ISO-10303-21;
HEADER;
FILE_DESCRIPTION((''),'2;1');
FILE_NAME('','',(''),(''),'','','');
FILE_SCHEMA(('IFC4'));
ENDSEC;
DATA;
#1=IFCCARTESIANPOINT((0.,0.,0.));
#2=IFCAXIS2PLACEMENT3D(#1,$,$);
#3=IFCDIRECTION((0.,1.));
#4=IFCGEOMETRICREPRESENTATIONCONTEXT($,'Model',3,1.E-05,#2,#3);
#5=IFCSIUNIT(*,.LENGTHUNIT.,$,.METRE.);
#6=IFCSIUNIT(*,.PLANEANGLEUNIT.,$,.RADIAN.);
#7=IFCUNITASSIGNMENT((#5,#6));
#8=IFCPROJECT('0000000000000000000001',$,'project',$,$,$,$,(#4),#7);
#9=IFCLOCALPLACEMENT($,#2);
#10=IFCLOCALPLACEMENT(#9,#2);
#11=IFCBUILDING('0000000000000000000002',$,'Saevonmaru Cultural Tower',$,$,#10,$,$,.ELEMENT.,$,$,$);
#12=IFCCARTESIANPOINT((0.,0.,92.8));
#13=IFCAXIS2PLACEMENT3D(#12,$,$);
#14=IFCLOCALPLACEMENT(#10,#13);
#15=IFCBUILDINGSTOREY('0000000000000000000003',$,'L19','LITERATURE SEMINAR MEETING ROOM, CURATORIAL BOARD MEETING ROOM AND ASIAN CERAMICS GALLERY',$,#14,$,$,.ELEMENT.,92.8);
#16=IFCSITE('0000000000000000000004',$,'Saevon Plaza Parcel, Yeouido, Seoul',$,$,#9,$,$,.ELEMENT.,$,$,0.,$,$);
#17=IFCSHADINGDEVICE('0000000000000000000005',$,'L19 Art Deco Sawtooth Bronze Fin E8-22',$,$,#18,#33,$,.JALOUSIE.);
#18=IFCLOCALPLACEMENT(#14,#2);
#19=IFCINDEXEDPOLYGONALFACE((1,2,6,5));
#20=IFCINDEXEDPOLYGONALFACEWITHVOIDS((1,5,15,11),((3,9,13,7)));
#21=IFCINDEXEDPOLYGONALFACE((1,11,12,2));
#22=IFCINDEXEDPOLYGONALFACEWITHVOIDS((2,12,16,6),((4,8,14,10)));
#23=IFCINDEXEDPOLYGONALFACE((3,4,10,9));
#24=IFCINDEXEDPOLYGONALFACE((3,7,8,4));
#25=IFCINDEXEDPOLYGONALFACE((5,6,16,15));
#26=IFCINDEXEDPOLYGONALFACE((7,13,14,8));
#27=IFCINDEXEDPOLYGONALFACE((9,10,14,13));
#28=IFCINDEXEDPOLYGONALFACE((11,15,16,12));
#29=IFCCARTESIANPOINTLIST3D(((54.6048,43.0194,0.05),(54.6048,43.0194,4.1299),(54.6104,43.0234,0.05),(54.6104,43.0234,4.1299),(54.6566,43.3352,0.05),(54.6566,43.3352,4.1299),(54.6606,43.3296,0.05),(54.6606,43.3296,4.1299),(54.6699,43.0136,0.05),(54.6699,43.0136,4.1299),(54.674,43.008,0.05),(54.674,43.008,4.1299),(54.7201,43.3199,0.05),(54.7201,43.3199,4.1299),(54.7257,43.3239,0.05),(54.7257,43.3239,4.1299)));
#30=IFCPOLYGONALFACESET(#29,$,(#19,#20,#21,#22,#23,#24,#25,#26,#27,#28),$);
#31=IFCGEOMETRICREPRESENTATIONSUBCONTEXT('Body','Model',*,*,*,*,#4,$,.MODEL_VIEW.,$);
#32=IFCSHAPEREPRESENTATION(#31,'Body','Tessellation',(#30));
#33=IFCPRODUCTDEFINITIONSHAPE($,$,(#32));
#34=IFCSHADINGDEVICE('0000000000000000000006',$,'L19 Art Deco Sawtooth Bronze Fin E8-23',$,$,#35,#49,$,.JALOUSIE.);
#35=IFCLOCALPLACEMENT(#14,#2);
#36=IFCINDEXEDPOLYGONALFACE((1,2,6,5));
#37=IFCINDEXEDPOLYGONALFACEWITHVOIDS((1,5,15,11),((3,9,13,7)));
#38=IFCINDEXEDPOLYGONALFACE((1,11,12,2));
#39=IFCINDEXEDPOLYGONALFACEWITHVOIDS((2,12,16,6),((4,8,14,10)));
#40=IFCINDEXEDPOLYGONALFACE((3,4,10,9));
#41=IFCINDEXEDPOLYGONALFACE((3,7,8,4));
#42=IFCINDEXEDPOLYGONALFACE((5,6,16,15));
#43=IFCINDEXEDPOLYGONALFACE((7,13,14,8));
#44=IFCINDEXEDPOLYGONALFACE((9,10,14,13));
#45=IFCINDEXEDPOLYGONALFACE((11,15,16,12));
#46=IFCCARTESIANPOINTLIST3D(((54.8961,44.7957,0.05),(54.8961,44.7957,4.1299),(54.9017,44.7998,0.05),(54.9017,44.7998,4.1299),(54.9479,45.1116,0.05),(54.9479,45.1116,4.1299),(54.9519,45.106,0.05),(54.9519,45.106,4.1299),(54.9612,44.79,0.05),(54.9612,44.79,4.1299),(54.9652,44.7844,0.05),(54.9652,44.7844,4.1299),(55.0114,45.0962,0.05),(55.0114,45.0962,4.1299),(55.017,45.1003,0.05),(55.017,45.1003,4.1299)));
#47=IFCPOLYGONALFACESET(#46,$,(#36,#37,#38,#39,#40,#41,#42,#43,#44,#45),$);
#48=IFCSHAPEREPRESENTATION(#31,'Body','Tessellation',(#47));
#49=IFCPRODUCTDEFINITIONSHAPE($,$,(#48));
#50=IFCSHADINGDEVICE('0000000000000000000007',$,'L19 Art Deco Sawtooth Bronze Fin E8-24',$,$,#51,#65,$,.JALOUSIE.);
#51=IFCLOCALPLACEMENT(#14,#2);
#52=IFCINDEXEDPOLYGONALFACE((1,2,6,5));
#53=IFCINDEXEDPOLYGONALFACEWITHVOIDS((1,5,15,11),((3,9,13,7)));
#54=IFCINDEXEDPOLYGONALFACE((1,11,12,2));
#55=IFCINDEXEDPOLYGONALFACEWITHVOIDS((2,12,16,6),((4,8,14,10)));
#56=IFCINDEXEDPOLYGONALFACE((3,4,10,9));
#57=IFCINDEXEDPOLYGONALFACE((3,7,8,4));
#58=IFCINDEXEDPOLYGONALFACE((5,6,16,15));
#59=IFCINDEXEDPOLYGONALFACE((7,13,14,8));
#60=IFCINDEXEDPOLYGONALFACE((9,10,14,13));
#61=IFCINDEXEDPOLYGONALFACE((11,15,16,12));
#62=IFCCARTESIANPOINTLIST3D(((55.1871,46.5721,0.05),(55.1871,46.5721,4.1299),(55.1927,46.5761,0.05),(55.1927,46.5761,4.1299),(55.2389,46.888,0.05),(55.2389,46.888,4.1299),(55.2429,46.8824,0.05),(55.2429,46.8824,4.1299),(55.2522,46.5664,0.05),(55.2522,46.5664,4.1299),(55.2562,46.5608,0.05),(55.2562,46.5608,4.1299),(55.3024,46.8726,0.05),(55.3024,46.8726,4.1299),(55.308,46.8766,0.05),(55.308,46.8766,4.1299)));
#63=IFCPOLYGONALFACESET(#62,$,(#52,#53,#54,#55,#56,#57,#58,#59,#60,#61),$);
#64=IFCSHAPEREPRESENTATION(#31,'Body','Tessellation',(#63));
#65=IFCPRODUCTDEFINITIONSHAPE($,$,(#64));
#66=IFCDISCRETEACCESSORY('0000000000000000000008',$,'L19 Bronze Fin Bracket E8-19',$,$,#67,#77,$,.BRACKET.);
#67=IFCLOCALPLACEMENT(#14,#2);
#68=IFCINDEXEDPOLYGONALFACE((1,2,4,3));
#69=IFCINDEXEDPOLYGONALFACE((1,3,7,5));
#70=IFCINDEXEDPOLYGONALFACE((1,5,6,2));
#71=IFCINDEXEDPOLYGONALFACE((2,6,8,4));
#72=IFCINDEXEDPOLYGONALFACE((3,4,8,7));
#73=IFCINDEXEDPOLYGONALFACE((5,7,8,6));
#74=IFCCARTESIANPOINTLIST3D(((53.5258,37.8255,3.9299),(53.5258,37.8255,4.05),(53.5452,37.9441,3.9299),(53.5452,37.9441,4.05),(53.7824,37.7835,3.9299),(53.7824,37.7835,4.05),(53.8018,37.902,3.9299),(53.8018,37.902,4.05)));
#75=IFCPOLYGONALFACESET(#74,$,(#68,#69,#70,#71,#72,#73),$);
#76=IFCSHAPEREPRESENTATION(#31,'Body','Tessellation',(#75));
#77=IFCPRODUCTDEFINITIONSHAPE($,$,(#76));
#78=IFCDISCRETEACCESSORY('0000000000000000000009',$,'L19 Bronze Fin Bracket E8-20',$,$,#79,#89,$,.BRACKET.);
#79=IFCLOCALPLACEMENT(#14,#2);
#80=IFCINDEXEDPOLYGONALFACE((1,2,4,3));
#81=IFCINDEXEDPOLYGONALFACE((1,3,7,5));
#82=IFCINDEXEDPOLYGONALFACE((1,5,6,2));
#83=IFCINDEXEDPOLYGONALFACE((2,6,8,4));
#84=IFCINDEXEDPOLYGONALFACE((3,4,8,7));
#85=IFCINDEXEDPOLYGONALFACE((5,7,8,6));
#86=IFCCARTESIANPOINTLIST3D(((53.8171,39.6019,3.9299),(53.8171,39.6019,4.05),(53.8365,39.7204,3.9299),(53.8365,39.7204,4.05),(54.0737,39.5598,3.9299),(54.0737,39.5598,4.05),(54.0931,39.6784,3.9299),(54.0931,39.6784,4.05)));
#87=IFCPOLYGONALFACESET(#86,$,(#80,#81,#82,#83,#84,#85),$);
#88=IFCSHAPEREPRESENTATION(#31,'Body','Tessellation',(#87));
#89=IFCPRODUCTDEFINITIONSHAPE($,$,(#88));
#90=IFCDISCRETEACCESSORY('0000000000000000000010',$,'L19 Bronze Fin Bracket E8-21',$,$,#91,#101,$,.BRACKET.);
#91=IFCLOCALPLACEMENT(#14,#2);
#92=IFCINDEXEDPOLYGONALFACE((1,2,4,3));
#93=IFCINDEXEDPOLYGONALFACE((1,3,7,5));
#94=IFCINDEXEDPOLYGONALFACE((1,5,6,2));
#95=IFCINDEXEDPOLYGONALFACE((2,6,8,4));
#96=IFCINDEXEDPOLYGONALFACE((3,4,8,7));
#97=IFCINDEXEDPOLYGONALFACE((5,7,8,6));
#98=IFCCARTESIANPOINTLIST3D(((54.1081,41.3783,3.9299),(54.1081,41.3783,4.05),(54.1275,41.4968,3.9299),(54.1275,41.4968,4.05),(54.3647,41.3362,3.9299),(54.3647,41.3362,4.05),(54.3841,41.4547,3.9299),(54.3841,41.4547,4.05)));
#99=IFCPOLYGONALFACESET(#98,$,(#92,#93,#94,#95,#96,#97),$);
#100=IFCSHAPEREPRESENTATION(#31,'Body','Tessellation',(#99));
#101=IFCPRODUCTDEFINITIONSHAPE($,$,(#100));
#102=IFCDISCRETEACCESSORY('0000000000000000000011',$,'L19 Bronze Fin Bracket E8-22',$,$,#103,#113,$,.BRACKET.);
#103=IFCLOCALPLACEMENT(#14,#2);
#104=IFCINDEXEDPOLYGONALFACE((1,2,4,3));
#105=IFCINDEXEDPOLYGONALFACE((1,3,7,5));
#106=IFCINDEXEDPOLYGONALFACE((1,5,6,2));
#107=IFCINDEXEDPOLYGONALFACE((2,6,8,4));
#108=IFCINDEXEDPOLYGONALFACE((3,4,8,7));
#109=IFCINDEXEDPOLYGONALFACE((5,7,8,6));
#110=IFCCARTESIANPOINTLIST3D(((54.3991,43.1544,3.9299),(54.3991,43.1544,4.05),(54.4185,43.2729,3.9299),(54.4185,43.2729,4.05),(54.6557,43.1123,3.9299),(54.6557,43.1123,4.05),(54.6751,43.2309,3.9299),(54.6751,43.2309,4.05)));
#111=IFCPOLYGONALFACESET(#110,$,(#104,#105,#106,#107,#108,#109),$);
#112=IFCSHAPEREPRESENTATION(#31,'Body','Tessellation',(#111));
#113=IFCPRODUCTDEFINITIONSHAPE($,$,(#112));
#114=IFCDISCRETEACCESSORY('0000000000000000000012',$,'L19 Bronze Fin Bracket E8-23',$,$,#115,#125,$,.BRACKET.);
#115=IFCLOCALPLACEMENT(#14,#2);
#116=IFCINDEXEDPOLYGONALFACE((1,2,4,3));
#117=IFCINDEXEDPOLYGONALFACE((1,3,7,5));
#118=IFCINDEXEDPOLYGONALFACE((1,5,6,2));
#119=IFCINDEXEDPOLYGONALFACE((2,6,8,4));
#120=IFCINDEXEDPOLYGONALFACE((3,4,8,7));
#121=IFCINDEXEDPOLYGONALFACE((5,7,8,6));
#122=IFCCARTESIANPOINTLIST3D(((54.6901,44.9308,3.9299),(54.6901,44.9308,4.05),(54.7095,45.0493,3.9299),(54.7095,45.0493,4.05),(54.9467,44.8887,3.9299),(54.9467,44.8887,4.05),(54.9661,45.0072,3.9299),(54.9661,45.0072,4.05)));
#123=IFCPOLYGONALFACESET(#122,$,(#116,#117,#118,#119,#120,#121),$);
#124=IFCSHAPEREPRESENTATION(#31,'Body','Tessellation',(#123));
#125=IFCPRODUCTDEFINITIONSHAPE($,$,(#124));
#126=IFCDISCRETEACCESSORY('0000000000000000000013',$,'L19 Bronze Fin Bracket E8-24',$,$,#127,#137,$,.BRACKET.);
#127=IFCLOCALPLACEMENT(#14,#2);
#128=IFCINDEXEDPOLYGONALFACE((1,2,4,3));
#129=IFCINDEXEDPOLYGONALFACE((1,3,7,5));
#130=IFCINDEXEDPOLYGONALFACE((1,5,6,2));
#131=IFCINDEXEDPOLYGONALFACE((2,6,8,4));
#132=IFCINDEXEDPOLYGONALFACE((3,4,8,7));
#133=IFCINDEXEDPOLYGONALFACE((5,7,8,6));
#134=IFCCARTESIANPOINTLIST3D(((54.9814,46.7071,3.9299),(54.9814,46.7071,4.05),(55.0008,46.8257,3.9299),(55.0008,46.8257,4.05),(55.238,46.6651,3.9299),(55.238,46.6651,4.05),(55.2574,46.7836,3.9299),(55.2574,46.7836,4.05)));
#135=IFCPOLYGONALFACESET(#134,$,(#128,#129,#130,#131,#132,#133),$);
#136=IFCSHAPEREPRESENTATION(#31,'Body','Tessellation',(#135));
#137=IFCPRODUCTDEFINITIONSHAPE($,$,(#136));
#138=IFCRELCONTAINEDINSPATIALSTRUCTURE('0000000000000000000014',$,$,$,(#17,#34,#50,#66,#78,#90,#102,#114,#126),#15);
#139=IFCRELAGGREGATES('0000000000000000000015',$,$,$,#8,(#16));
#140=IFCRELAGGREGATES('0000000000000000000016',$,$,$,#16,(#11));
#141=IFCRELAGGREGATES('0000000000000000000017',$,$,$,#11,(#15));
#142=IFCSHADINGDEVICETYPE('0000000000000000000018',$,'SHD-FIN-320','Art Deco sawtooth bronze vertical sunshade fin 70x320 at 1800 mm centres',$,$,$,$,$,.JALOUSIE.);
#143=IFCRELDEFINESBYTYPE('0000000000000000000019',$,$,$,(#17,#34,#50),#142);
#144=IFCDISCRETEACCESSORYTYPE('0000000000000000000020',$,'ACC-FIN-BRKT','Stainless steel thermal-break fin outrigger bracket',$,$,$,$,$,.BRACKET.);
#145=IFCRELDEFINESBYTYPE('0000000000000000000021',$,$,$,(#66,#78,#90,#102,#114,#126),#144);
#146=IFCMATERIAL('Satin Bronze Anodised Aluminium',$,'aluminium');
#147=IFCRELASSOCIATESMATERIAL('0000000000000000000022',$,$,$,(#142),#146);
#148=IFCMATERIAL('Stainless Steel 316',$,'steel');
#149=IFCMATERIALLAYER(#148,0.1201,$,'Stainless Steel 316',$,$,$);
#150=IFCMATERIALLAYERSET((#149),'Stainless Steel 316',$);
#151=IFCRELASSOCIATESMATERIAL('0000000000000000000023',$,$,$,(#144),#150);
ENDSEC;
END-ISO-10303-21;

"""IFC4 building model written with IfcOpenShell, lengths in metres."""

from ifc_helpers import new_model, si_unit, direction, frame, origin, origin_2d, place, context, subcontext, project, spatial, rectangle, hollow_rectangle, extrude, material, layer, layer_set, material_profile, profile_set, type_object, element, save


model = new_model("IFC4")

# Units and contexts
model_context = context("Model", 3, precision=1e-05, world=origin(), true_north=direction((0.0, 1.0)))
body_context = subcontext(model_context, "Body", "Model", "MODEL_VIEW")
ifc_project = project(units=[si_unit("LENGTHUNIT", "METRE"), si_unit("PLANEANGLEUNIT", "RADIAN")], contexts=[model_context])

# Site, building, storey
site_placement = place(None, origin())
site = spatial("IfcSite", under=ifc_project, at=site_placement, Name="Saevon Plaza Parcel, Yeouido, Seoul", CompositionType="ELEMENT", RefElevation=0.0)
building_placement = place(site_placement, origin())
building = spatial("IfcBuilding", under=site, at=building_placement, Name="Saevonmaru Cultural Tower", CompositionType="ELEMENT")
storey_placement = place(building_placement, frame((0.0, 0.0, 92.8)))
storey = spatial("IfcBuildingStorey", under=building, at=storey_placement, Name="L19", Description="LITERATURE SEMINAR MEETING ROOM, CURATORIAL BOARD MEETING ROOM AND ASIAN CERAMICS GALLERY", CompositionType="ELEMENT", Elevation=92.8)

# Shared definitions
ifc_material_1 = material(Name="Satin Bronze Anodised Aluminium", Category="aluminium")

# Shading devices
ifc_material_profile_1 = material_profile(ifc_material_1, hollow_rectangle(XDim=0.0701, YDim=0.3201, WallThickness=0.0049, at=origin_2d()), Name="FIN-320x70")
ifc_profile_set_1 = profile_set([ifc_material_profile_1], Name="Satin Bronze Anodised Aluminium")
shading_device_type = type_object("IfcShadingDeviceType", Name="SHD-FIN-320", Description="Art Deco sawtooth bronze vertical sunshade fin 70x320 at 1800 mm centres", PredefinedType="JALOUSIE", material=ifc_profile_set_1)
for number, where, z_axis, x_axis, name in (
    (1, (54.6653, 43.1716, 0.05), (0.0, 0.0, 1.0), (0.986827, -0.161776, 0.0), "L19 Art Deco Sawtooth Bronze Fin E8-22"),
    (2, (54.9565, 44.948, 0.05), (0.0, 0.0, 1.0), (0.986827, -0.161776, 0.0), "L19 Art Deco Sawtooth Bronze Fin E8-23"),
    (3, (55.2476, 46.7244, 0.05), (0.0, 0.0, 1.0), (0.986827, -0.161776, 0.0), "L19 Art Deco Sawtooth Bronze Fin E8-24"),
):
    element("IfcShadingDevice", number, at=place(storey_placement, frame(where, z_axis=z_axis, x_axis=x_axis)), inside=storey, type_object=shading_device_type, Name=name, PredefinedType="JALOUSIE", context=body_context, shape_type="SweptSolid", body=[
        extrude(hollow_rectangle(XDim=0.0701, YDim=0.3201, WallThickness=0.0049, at=origin_2d()), origin(), (0.0, 0.0, 1.0), 4.0798),
    ])

# Discrete accessories
ifc_material_2 = material(Name="Stainless Steel 316", Category="steel")
ifc_layer_1 = layer(ifc_material_2, 0.1201, Name="Stainless Steel 316")
ifc_layer_set_1 = layer_set([ifc_layer_1], Name="Stainless Steel 316")
discrete_accessory_type = type_object("IfcDiscreteAccessoryType", Name="ACC-FIN-BRKT", Description="Stainless steel thermal-break fin outrigger bracket", PredefinedType="BRACKET", material=ifc_layer_set_1)
for number, where, z_axis, x_axis, name in (
    (4, (53.6638, 37.8638, 3.9299), (0.0, 0.0, 1.0), (0.986827, -0.161776, 0.0), "L19 Bronze Fin Bracket E8-19"),
    (5, (53.9551, 39.6401, 3.9299), (0.0, 0.0, 1.0), (0.986827, -0.161776, 0.0), "L19 Bronze Fin Bracket E8-20"),
    (6, (54.2461, 41.4165, 3.9299), (0.0, 0.0, 1.0), (0.986827, -0.161776, 0.0), "L19 Bronze Fin Bracket E8-21"),
    (7, (54.5371, 43.1926, 3.9299), (0.0, 0.0, 1.0), (0.986827, -0.161776, 0.0), "L19 Bronze Fin Bracket E8-22"),
    (8, (54.8281, 44.969, 3.9299), (0.0, 0.0, 1.0), (0.986827, -0.161776, 0.0), "L19 Bronze Fin Bracket E8-23"),
    (9, (55.1194, 46.7454, 3.9299), (0.0, 0.0, 1.0), (0.986827, -0.161776, 0.0), "L19 Bronze Fin Bracket E8-24"),
):
    element("IfcDiscreteAccessory", number, at=place(storey_placement, frame(where, z_axis=z_axis, x_axis=x_axis)), inside=storey, type_object=discrete_accessory_type, Name=name, PredefinedType="BRACKET", context=body_context, shape_type="SweptSolid", body=[
        extrude(rectangle(XDim=0.26, YDim=0.1201, at=origin_2d()), origin(), (0.0, 0.0, 1.0), 0.1201),
    ])

save(model, "model.ifc")
